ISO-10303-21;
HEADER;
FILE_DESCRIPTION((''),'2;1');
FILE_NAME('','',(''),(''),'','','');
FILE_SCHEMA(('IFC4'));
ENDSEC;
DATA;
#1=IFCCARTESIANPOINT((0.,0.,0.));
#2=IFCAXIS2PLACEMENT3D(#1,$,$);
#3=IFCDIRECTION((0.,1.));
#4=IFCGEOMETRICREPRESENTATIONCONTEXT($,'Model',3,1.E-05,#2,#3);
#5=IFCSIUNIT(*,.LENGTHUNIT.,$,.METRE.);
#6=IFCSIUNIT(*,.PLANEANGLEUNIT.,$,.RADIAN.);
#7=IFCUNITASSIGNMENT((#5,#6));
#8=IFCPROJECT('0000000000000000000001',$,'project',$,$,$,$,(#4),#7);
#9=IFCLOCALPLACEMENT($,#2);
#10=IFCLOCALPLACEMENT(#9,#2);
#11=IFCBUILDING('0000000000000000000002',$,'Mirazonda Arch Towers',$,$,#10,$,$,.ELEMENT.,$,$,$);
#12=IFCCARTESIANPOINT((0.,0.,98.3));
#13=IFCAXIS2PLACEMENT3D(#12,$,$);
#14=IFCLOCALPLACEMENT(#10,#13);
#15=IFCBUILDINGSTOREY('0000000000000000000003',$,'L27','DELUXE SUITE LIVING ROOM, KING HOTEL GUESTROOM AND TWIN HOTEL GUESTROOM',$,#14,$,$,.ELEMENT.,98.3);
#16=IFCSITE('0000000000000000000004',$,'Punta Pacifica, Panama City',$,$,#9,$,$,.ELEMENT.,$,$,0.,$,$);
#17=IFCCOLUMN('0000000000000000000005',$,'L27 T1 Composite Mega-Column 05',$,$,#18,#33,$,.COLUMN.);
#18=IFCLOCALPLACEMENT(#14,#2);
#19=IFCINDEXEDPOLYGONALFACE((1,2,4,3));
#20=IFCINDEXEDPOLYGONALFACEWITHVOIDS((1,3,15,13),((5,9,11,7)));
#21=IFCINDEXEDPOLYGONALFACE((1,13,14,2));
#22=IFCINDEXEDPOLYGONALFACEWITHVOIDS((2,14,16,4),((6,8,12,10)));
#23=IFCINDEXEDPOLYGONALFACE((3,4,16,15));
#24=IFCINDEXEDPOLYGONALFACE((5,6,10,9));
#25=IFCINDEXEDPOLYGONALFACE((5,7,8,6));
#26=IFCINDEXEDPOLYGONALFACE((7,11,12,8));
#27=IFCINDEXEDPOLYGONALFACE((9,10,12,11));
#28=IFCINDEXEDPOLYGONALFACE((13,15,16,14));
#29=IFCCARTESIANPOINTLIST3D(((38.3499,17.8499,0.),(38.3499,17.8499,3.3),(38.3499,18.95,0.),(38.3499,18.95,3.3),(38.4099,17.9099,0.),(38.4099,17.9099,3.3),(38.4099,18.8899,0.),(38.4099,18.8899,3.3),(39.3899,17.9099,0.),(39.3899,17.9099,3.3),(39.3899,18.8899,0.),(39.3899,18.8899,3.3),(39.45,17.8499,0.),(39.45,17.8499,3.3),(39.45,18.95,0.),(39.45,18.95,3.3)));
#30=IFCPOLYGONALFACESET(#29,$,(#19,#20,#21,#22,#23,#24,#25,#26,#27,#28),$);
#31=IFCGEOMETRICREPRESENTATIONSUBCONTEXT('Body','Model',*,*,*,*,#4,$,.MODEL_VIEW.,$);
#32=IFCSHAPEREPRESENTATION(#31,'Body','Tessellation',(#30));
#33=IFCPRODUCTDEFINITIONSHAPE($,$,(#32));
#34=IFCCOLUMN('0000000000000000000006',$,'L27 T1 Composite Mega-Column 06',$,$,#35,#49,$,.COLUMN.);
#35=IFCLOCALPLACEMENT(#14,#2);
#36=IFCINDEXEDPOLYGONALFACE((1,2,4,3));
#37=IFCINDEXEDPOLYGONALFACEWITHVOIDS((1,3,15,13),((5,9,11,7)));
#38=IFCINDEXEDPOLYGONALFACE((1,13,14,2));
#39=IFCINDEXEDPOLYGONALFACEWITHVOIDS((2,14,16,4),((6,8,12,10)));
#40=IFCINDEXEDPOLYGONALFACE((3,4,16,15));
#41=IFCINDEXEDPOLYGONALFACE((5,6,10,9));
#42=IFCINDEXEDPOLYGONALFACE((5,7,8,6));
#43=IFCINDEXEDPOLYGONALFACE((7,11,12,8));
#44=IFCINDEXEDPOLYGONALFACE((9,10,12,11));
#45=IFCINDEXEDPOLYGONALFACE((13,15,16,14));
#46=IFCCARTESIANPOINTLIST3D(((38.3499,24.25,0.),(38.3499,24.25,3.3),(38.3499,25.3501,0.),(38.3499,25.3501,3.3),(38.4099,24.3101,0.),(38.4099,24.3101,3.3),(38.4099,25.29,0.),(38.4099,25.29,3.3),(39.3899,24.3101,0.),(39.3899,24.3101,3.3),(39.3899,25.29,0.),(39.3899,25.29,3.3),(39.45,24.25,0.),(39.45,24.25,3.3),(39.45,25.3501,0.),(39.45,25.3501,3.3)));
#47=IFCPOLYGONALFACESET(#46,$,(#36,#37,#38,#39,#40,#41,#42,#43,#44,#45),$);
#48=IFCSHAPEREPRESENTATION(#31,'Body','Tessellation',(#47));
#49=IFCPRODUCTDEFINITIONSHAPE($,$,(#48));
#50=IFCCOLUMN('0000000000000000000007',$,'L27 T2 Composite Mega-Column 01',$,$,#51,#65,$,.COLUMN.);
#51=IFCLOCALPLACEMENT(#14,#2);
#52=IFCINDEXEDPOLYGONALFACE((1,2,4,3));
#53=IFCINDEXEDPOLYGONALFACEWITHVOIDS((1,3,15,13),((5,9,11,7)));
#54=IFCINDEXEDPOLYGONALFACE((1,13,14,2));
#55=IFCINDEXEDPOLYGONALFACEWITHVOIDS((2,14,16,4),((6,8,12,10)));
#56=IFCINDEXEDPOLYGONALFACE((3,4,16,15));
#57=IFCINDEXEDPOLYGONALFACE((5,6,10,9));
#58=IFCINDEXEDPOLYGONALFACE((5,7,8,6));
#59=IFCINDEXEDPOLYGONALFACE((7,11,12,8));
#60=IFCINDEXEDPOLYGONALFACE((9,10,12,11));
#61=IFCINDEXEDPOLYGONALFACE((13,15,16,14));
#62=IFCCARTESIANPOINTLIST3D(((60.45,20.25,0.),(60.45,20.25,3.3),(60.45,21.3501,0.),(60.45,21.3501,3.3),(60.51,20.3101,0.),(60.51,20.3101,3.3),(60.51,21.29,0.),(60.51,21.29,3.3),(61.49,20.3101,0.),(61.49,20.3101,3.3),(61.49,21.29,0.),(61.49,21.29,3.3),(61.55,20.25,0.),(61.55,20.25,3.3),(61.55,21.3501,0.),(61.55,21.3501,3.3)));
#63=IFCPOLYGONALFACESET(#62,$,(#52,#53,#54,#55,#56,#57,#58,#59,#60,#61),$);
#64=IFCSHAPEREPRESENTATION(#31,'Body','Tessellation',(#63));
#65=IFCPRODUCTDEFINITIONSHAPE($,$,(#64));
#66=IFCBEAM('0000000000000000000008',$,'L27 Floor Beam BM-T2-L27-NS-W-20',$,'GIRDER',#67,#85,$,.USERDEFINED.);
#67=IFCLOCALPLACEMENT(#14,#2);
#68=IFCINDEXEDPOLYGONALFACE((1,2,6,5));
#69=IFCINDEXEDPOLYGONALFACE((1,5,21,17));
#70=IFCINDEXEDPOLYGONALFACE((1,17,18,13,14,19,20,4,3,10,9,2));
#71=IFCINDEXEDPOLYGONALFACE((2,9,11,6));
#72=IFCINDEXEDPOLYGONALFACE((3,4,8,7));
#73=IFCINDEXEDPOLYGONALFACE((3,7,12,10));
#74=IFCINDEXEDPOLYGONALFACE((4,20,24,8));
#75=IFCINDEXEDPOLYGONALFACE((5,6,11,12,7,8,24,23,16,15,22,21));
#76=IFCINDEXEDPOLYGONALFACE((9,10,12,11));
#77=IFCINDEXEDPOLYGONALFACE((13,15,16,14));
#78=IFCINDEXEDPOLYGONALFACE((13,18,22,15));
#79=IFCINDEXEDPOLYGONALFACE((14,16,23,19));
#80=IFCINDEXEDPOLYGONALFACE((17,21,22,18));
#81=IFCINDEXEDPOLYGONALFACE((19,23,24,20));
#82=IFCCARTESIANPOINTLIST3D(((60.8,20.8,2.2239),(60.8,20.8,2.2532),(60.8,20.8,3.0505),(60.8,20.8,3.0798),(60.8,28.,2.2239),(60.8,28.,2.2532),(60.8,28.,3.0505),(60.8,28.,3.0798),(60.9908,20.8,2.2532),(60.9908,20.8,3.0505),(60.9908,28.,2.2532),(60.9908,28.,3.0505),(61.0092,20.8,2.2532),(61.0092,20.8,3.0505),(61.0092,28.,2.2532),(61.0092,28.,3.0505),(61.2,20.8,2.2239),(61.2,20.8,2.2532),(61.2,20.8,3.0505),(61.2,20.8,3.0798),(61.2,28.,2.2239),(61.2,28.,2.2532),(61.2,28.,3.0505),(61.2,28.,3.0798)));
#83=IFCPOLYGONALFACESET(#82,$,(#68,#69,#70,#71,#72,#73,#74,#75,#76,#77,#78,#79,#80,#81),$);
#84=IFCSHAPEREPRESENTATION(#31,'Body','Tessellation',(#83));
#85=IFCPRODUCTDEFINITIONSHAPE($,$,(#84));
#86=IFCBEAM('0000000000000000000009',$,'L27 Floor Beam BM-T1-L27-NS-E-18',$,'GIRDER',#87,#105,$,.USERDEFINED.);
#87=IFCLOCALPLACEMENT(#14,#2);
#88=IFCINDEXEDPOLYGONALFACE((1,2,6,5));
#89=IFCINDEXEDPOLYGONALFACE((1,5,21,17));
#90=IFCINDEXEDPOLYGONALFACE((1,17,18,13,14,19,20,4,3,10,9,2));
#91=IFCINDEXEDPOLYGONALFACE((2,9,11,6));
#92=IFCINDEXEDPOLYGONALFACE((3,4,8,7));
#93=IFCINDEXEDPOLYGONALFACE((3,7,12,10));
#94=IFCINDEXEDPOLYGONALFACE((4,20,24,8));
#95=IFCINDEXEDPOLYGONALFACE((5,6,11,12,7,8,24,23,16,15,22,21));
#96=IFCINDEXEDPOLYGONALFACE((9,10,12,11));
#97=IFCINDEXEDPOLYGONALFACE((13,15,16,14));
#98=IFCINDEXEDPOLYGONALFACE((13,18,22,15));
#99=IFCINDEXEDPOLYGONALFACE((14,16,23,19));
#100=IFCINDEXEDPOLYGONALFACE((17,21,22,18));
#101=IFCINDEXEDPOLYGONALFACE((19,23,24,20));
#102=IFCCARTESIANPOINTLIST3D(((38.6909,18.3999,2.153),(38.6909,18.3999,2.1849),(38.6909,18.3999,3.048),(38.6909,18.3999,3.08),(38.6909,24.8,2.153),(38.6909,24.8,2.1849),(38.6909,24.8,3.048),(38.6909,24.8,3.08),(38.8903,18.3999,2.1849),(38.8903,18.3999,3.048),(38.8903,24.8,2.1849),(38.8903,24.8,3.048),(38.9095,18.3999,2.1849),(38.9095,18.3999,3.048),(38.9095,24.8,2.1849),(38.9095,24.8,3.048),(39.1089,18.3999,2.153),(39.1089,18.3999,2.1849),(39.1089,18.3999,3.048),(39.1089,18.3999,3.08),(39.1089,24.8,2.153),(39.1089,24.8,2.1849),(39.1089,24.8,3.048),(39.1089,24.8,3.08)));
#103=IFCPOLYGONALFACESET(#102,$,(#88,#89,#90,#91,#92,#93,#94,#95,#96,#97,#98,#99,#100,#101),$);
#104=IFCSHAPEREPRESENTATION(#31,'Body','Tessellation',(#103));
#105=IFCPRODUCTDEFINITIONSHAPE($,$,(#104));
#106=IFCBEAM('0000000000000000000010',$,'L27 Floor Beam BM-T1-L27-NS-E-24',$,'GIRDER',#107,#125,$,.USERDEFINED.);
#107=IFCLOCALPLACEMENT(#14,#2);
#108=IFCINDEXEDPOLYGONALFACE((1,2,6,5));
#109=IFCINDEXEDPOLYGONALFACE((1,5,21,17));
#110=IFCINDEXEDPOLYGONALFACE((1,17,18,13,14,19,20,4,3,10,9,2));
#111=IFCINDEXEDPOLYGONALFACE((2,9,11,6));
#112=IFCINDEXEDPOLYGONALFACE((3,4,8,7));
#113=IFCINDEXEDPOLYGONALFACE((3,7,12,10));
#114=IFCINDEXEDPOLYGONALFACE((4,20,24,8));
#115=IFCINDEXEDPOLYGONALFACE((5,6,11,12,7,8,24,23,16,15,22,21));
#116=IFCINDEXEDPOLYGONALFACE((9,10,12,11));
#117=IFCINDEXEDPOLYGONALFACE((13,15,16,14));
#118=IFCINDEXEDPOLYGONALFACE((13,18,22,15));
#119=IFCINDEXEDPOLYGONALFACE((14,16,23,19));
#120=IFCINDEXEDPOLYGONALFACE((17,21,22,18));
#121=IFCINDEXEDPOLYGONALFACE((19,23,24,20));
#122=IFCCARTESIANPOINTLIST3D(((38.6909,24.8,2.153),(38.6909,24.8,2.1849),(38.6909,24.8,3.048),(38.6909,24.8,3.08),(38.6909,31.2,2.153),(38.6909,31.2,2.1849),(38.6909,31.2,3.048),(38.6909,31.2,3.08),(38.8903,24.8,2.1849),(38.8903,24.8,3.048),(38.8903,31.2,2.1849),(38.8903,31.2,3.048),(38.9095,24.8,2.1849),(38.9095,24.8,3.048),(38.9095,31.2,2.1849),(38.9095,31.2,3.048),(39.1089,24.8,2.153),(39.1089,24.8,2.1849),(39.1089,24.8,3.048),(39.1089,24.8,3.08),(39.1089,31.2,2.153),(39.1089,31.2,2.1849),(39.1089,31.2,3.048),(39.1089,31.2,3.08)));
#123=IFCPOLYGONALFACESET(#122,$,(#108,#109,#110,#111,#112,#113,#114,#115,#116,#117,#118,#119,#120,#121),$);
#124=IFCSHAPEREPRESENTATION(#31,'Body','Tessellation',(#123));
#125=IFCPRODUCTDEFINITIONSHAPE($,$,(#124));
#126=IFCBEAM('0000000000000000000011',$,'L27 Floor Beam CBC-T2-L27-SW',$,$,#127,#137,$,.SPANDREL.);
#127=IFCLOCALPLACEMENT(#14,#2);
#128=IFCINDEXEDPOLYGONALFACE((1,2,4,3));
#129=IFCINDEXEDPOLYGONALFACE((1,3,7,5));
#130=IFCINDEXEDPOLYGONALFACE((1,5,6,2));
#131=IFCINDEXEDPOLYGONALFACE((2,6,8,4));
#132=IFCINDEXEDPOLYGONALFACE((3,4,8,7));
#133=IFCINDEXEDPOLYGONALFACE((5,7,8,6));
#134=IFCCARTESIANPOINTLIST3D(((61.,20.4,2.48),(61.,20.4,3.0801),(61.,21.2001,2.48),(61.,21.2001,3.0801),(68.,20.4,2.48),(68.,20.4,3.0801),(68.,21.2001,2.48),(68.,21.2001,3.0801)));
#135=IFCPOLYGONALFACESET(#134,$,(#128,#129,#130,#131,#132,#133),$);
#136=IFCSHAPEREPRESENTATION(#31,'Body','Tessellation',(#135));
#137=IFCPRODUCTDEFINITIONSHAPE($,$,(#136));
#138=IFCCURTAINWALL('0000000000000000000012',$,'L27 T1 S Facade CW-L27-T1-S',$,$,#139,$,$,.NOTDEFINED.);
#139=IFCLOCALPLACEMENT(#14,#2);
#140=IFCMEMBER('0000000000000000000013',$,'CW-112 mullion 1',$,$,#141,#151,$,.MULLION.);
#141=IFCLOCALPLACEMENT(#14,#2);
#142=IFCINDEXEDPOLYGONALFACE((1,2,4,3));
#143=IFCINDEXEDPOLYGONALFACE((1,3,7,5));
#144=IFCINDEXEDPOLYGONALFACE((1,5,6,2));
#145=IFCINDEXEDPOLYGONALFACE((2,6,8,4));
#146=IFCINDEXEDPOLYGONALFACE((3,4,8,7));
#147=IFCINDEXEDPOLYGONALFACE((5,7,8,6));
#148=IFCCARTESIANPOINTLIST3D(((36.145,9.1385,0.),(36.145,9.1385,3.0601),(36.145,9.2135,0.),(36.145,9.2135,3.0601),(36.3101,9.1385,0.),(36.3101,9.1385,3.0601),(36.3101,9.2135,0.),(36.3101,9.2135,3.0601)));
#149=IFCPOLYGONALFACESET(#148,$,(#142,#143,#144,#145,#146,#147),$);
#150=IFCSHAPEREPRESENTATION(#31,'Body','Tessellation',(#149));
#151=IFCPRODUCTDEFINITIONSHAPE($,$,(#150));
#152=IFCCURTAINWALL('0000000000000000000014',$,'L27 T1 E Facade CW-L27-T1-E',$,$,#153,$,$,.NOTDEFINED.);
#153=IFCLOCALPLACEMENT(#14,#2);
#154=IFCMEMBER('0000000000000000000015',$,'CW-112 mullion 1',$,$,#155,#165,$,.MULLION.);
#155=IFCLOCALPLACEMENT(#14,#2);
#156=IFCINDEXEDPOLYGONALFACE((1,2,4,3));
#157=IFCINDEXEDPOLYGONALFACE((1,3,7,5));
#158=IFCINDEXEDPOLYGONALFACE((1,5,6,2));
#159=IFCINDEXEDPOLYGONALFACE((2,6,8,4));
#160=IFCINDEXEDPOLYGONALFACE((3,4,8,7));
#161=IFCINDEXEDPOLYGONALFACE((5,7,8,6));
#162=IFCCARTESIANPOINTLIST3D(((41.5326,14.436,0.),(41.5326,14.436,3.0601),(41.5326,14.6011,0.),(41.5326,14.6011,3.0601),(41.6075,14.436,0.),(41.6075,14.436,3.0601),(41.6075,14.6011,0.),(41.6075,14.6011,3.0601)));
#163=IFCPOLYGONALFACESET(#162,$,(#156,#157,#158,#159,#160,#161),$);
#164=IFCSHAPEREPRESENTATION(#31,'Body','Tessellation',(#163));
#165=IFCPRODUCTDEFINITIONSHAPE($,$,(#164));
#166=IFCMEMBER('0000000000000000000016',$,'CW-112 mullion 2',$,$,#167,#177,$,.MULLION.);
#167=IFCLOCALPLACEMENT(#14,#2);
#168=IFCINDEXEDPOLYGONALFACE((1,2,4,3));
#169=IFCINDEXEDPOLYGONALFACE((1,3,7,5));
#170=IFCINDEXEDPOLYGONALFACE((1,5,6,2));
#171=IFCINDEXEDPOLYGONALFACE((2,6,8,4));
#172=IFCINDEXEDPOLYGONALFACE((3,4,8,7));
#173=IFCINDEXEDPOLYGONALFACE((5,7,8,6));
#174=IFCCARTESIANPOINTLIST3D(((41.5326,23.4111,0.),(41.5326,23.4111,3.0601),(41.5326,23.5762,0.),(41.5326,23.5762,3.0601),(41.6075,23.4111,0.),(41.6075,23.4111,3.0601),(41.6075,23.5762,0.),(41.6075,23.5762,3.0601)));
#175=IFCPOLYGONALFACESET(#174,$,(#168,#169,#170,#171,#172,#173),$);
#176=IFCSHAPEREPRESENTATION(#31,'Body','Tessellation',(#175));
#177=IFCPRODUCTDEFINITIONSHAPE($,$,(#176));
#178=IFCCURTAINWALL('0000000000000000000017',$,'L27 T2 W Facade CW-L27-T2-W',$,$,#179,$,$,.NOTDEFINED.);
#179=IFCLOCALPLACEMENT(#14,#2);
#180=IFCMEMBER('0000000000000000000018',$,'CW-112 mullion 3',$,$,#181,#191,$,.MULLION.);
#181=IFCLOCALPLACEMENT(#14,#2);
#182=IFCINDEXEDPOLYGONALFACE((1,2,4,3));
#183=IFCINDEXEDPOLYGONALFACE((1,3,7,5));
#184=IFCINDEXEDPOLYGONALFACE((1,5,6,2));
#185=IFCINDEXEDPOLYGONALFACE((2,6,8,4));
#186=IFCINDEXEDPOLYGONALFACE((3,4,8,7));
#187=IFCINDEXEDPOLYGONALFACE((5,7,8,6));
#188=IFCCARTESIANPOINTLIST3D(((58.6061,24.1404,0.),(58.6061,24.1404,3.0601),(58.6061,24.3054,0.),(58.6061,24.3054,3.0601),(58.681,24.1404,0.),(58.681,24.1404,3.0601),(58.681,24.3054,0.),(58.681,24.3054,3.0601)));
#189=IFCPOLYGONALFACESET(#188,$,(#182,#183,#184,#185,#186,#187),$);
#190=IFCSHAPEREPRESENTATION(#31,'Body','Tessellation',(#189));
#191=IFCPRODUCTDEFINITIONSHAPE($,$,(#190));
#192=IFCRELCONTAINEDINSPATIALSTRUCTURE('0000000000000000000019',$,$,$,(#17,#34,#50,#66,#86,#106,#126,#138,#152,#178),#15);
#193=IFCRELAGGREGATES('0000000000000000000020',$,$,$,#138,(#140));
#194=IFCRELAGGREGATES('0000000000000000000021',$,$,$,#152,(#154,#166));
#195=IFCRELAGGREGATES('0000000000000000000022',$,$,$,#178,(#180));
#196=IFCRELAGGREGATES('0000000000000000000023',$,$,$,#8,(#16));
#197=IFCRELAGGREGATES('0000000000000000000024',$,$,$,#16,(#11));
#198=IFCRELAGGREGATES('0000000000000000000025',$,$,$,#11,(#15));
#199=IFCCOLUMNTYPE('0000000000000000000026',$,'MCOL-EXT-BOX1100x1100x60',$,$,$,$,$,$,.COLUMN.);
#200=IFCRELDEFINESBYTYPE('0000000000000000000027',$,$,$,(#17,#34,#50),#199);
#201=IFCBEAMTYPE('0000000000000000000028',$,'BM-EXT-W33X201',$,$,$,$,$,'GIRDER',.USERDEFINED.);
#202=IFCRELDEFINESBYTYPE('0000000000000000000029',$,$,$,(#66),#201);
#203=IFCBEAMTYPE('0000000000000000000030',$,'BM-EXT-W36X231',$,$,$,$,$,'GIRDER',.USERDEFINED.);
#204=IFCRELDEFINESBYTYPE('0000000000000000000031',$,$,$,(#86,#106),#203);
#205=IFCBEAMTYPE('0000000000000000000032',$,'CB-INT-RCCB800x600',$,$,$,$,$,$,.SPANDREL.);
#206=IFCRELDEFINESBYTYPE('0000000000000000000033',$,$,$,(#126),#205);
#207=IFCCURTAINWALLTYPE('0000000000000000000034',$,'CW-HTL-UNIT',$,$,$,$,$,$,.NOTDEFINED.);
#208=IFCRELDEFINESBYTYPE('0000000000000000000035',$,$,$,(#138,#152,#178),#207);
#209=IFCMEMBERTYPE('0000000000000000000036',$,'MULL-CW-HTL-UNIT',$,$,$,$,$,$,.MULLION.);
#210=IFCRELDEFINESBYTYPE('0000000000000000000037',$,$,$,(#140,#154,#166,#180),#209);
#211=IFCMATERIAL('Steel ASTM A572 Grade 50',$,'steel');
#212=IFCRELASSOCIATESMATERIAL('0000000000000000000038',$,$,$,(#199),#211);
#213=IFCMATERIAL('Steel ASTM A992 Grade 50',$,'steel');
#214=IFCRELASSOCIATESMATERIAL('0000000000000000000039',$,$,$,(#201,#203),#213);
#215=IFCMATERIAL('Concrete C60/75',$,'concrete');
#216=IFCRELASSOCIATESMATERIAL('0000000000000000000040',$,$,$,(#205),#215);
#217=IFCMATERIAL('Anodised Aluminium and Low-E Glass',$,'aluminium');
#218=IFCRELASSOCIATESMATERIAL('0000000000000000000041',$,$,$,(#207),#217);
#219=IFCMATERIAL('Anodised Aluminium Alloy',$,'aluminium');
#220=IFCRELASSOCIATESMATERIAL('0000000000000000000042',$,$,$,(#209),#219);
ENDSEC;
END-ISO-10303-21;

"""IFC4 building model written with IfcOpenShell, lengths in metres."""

from ifc_helpers import new_model, si_unit, direction, frame, origin, origin_2d, place, context, subcontext, project, spatial, rectangle, hollow_rectangle, i_section, extrude, material, material_profile, profile_set, type_object, element, aggregate, save


model = new_model("IFC4")

# Units and contexts
model_context = context("Model", 3, precision=1e-05, world=origin(), true_north=direction((0.0, 1.0)))
body_context = subcontext(model_context, "Body", "Model", "MODEL_VIEW")
ifc_project = project(units=[si_unit("LENGTHUNIT", "METRE"), si_unit("PLANEANGLEUNIT", "RADIAN")], contexts=[model_context])

# Site, building, storey
site_placement = place(None, origin())
site = spatial("IfcSite", under=ifc_project, at=site_placement, Name="Punta Pacifica, Panama City", CompositionType="ELEMENT", RefElevation=0.0)
building_placement = place(site_placement, origin())
building = spatial("IfcBuilding", under=site, at=building_placement, Name="Mirazonda Arch Towers", CompositionType="ELEMENT")
storey_placement = place(building_placement, frame((0.0, 0.0, 98.3)))
storey = spatial("IfcBuildingStorey", under=building, at=storey_placement, Name="L27", Description="DELUXE SUITE LIVING ROOM, KING HOTEL GUESTROOM AND TWIN HOTEL GUESTROOM", CompositionType="ELEMENT", Elevation=98.3)

# Columns
ifc_material_1 = material(Name="Steel ASTM A572 Grade 50", Category="steel")
ifc_material_profile_1 = material_profile(ifc_material_1, hollow_rectangle(XDim=1.1001, YDim=1.1001, WallThickness=0.0601, at=origin_2d()), Name="BOX1100x1100x60")
ifc_profile_set_1 = profile_set([ifc_material_profile_1], Name="Steel ASTM A572 Grade 50")
column_type = type_object("IfcColumnType", Name="MCOL-EXT-BOX1100x1100x60", PredefinedType="COLUMN", material=ifc_profile_set_1)
for number, where, z_axis, x_axis, name in (
    (1, (38.8999, 18.3999, 0.0), (0.0, 0.0, 1.0), (1.0, 0.0, 0.0), "L27 T1 Composite Mega-Column 05"),
    (2, (38.8999, 24.8, 0.0), (0.0, 0.0, 1.0), (1.0, 0.0, 0.0), "L27 T1 Composite Mega-Column 06"),
    (3, (61.0, 20.8, 0.0), (0.0, 0.0, 1.0), (1.0, 0.0, 0.0), "L27 T2 Composite Mega-Column 01"),
):
    element("IfcColumn", number, at=place(storey_placement, frame(where, z_axis=z_axis, x_axis=x_axis)), inside=storey, type_object=column_type, Name=name, PredefinedType="COLUMN", context=body_context, shape_type="SweptSolid", body=[
        extrude(hollow_rectangle(XDim=1.1001, YDim=1.1001, WallThickness=0.0601, at=origin_2d()), origin(), (0.0, 0.0, 1.0), 3.3),
    ])

# Beams
ifc_material_2 = material(Name="Steel ASTM A992 Grade 50", Category="steel")
ifc_material_profile_2 = material_profile(ifc_material_2, i_section(OverallWidth=0.3999, OverallDepth=0.856, WebThickness=0.0183, FlangeThickness=0.0293, at=origin_2d()), Name="W33X201")
ifc_profile_set_2 = profile_set([ifc_material_profile_2], Name="Steel ASTM A992 Grade 50")
beam_type_1 = type_object("IfcBeamType", Name="BM-EXT-W33X201", ElementType="GIRDER", PredefinedType="USERDEFINED", material=ifc_profile_set_2)
beam_1_placement = place(storey_placement, frame((61.0, 20.8, 2.6519), z_axis=(0.0, 1.0, 0.0), x_axis=(-1.0, 0.0, 0.0)))
element("IfcBeam", 4, at=beam_1_placement, inside=storey, type_object=beam_type_1, Name="L27 Floor Beam BM-T2-L27-NS-W-20", ObjectType="GIRDER", PredefinedType="USERDEFINED", context=body_context, shape_type="SweptSolid", body=[
    extrude(i_section(OverallWidth=0.3999, OverallDepth=0.856, WebThickness=0.0183, FlangeThickness=0.0293, at=origin_2d()), origin(), (0.0, 0.0, 1.0), 7.2),
])
ifc_material_profile_3 = material_profile(ifc_material_2, i_section(OverallWidth=0.418, OverallDepth=0.927, WebThickness=0.0193, FlangeThickness=0.032, at=origin_2d()), Name="W36X231")
ifc_profile_set_3 = profile_set([ifc_material_profile_3], Name="Steel ASTM A992 Grade 50")
beam_type_2 = type_object("IfcBeamType", Name="BM-EXT-W36X231", ElementType="GIRDER", PredefinedType="USERDEFINED", material=ifc_profile_set_3)
beam_2_placement = place(storey_placement, frame((38.8999, 18.3999, 2.6165), z_axis=(0.0, 1.0, 0.0), x_axis=(-1.0, 0.0, 0.0)))
element("IfcBeam", 5, at=beam_2_placement, inside=storey, type_object=beam_type_2, Name="L27 Floor Beam BM-T1-L27-NS-E-18", ObjectType="GIRDER", PredefinedType="USERDEFINED", context=body_context, shape_type="SweptSolid", body=[
    extrude(i_section(OverallWidth=0.418, OverallDepth=0.927, WebThickness=0.0193, FlangeThickness=0.032, at=origin_2d()), origin(), (0.0, 0.0, 1.0), 6.4001),
])
beam_3_placement = place(storey_placement, frame((38.8999, 24.8, 2.6165), z_axis=(0.0, 1.0, 0.0), x_axis=(-1.0, 0.0, 0.0)))
element("IfcBeam", 6, at=beam_3_placement, inside=storey, type_object=beam_type_2, Name="L27 Floor Beam BM-T1-L27-NS-E-24", ObjectType="GIRDER", PredefinedType="USERDEFINED", context=body_context, shape_type="SweptSolid", body=[
    extrude(i_section(OverallWidth=0.418, OverallDepth=0.927, WebThickness=0.0193, FlangeThickness=0.032, at=origin_2d()), origin(), (0.0, 0.0, 1.0), 6.3999),
])
ifc_material_3 = material(Name="Concrete C60/75", Category="concrete")
ifc_material_profile_4 = material_profile(ifc_material_3, rectangle(XDim=0.8, YDim=0.6001, at=origin_2d()), Name="RCCB800x600")
ifc_profile_set_4 = profile_set([ifc_material_profile_4], Name="Concrete C60/75")
beam_type_3 = type_object("IfcBeamType", Name="CB-INT-RCCB800x600", PredefinedType="SPANDREL", material=ifc_profile_set_4)
beam_4_placement = place(storey_placement, frame((61.0, 20.8, 2.78), z_axis=(1.0, 0.0, 0.0), x_axis=(0.0, 1.0, 0.0)))
element("IfcBeam", 7, at=beam_4_placement, inside=storey, type_object=beam_type_3, Name="L27 Floor Beam CBC-T2-L27-SW", PredefinedType="SPANDREL", context=body_context, shape_type="SweptSolid", body=[
    extrude(rectangle(XDim=0.8, YDim=0.6001, at=origin_2d()), origin(), (0.0, 0.0, 1.0), 7.0),
])

# Curtain wall, member
ifc_material_4 = material(Name="Anodised Aluminium and Low-E Glass", Category="aluminium")
curtain_wall_type = type_object("IfcCurtainWallType", Name="CW-HTL-UNIT", PredefinedType="NOTDEFINED", material=ifc_material_4)
curtain_wall_1_placement = place(storey_placement, origin())
curtain_wall_1 = element("IfcCurtainWall", 8, at=curtain_wall_1_placement, inside=storey, type_object=curtain_wall_type, Name="L27 T1 S Facade CW-L27-T1-S", PredefinedType="NOTDEFINED")
ifc_material_5 = material(Name="Anodised Aluminium Alloy", Category="aluminium")
ifc_material_profile_5 = material_profile(ifc_material_5, rectangle(XDim=0.075, YDim=0.165, at=origin_2d()), Name="ALU-MULL-75x165")
ifc_profile_set_5 = profile_set([ifc_material_profile_5], Name="Anodised Aluminium Alloy")
member_type_1 = type_object("IfcMemberType", Name="MULL-CW-HTL-UNIT", PredefinedType="MULLION", material=ifc_profile_set_5)
member_1_placement = place(storey_placement, frame((36.2275, 9.176, 0.0), z_axis=(0.0, 0.0, 1.0), x_axis=(0.0, -1.0, 0.0)))
member_1 = element("IfcMember", 9, at=member_1_placement, type_object=member_type_1, Name="CW-112 mullion 1", PredefinedType="MULLION", context=body_context, shape_type="SweptSolid", body=[
    extrude(rectangle(XDim=0.075, YDim=0.165, at=origin_2d()), origin(), (0.0, 0.0, 1.0), 3.0601),
])

# Curtain walls, members
curtain_wall_2_placement = place(storey_placement, origin())
curtain_wall_2 = element("IfcCurtainWall", 10, at=curtain_wall_2_placement, inside=storey, type_object=curtain_wall_type, Name="L27 T1 E Facade CW-L27-T1-E", PredefinedType="NOTDEFINED")
member_2_placement = place(storey_placement, frame((41.5701, 14.5186, 0.0), z_axis=(0.0, 0.0, 1.0), x_axis=(-1.0, 0.0, 0.0)))
member_2 = element("IfcMember", 11, at=member_2_placement, type_object=member_type_1, Name="CW-112 mullion 1", PredefinedType="MULLION", context=body_context, shape_type="SweptSolid", body=[
    extrude(rectangle(XDim=0.075, YDim=0.165, at=origin_2d()), origin(), (0.0, 0.0, 1.0), 3.0601),
])
member_3_placement = place(storey_placement, frame((41.5701, 23.4937, 0.0), z_axis=(0.0, 0.0, 1.0), x_axis=(-1.0, 0.0, 0.0)))
member_3 = element("IfcMember", 12, at=member_3_placement, type_object=member_type_1, Name="CW-112 mullion 2", PredefinedType="MULLION", context=body_context, shape_type="SweptSolid", body=[
    extrude(rectangle(XDim=0.075, YDim=0.165, at=origin_2d()), origin(), (0.0, 0.0, 1.0), 3.0601),
])
curtain_wall_3_placement = place(storey_placement, origin())
curtain_wall_3 = element("IfcCurtainWall", 13, at=curtain_wall_3_placement, inside=storey, type_object=curtain_wall_type, Name="L27 T2 W Facade CW-L27-T2-W", PredefinedType="NOTDEFINED")
member_4_placement = place(storey_placement, frame((58.6436, 24.2229, 0.0), z_axis=(0.0, 0.0, 1.0), x_axis=(1.0, 0.0, 0.0)))
member_4 = element("IfcMember", 14, at=member_4_placement, type_object=member_type_1, Name="CW-112 mullion 3", PredefinedType="MULLION", context=body_context, shape_type="SweptSolid", body=[
    extrude(rectangle(XDim=0.075, YDim=0.165, at=origin_2d()), origin(), (0.0, 0.0, 1.0), 3.0601),
])

aggregate(curtain_wall_1, [member_1])

aggregate(curtain_wall_2, [member_2, member_3])
aggregate(curtain_wall_3, [member_4])

save(model, "model.ifc")
